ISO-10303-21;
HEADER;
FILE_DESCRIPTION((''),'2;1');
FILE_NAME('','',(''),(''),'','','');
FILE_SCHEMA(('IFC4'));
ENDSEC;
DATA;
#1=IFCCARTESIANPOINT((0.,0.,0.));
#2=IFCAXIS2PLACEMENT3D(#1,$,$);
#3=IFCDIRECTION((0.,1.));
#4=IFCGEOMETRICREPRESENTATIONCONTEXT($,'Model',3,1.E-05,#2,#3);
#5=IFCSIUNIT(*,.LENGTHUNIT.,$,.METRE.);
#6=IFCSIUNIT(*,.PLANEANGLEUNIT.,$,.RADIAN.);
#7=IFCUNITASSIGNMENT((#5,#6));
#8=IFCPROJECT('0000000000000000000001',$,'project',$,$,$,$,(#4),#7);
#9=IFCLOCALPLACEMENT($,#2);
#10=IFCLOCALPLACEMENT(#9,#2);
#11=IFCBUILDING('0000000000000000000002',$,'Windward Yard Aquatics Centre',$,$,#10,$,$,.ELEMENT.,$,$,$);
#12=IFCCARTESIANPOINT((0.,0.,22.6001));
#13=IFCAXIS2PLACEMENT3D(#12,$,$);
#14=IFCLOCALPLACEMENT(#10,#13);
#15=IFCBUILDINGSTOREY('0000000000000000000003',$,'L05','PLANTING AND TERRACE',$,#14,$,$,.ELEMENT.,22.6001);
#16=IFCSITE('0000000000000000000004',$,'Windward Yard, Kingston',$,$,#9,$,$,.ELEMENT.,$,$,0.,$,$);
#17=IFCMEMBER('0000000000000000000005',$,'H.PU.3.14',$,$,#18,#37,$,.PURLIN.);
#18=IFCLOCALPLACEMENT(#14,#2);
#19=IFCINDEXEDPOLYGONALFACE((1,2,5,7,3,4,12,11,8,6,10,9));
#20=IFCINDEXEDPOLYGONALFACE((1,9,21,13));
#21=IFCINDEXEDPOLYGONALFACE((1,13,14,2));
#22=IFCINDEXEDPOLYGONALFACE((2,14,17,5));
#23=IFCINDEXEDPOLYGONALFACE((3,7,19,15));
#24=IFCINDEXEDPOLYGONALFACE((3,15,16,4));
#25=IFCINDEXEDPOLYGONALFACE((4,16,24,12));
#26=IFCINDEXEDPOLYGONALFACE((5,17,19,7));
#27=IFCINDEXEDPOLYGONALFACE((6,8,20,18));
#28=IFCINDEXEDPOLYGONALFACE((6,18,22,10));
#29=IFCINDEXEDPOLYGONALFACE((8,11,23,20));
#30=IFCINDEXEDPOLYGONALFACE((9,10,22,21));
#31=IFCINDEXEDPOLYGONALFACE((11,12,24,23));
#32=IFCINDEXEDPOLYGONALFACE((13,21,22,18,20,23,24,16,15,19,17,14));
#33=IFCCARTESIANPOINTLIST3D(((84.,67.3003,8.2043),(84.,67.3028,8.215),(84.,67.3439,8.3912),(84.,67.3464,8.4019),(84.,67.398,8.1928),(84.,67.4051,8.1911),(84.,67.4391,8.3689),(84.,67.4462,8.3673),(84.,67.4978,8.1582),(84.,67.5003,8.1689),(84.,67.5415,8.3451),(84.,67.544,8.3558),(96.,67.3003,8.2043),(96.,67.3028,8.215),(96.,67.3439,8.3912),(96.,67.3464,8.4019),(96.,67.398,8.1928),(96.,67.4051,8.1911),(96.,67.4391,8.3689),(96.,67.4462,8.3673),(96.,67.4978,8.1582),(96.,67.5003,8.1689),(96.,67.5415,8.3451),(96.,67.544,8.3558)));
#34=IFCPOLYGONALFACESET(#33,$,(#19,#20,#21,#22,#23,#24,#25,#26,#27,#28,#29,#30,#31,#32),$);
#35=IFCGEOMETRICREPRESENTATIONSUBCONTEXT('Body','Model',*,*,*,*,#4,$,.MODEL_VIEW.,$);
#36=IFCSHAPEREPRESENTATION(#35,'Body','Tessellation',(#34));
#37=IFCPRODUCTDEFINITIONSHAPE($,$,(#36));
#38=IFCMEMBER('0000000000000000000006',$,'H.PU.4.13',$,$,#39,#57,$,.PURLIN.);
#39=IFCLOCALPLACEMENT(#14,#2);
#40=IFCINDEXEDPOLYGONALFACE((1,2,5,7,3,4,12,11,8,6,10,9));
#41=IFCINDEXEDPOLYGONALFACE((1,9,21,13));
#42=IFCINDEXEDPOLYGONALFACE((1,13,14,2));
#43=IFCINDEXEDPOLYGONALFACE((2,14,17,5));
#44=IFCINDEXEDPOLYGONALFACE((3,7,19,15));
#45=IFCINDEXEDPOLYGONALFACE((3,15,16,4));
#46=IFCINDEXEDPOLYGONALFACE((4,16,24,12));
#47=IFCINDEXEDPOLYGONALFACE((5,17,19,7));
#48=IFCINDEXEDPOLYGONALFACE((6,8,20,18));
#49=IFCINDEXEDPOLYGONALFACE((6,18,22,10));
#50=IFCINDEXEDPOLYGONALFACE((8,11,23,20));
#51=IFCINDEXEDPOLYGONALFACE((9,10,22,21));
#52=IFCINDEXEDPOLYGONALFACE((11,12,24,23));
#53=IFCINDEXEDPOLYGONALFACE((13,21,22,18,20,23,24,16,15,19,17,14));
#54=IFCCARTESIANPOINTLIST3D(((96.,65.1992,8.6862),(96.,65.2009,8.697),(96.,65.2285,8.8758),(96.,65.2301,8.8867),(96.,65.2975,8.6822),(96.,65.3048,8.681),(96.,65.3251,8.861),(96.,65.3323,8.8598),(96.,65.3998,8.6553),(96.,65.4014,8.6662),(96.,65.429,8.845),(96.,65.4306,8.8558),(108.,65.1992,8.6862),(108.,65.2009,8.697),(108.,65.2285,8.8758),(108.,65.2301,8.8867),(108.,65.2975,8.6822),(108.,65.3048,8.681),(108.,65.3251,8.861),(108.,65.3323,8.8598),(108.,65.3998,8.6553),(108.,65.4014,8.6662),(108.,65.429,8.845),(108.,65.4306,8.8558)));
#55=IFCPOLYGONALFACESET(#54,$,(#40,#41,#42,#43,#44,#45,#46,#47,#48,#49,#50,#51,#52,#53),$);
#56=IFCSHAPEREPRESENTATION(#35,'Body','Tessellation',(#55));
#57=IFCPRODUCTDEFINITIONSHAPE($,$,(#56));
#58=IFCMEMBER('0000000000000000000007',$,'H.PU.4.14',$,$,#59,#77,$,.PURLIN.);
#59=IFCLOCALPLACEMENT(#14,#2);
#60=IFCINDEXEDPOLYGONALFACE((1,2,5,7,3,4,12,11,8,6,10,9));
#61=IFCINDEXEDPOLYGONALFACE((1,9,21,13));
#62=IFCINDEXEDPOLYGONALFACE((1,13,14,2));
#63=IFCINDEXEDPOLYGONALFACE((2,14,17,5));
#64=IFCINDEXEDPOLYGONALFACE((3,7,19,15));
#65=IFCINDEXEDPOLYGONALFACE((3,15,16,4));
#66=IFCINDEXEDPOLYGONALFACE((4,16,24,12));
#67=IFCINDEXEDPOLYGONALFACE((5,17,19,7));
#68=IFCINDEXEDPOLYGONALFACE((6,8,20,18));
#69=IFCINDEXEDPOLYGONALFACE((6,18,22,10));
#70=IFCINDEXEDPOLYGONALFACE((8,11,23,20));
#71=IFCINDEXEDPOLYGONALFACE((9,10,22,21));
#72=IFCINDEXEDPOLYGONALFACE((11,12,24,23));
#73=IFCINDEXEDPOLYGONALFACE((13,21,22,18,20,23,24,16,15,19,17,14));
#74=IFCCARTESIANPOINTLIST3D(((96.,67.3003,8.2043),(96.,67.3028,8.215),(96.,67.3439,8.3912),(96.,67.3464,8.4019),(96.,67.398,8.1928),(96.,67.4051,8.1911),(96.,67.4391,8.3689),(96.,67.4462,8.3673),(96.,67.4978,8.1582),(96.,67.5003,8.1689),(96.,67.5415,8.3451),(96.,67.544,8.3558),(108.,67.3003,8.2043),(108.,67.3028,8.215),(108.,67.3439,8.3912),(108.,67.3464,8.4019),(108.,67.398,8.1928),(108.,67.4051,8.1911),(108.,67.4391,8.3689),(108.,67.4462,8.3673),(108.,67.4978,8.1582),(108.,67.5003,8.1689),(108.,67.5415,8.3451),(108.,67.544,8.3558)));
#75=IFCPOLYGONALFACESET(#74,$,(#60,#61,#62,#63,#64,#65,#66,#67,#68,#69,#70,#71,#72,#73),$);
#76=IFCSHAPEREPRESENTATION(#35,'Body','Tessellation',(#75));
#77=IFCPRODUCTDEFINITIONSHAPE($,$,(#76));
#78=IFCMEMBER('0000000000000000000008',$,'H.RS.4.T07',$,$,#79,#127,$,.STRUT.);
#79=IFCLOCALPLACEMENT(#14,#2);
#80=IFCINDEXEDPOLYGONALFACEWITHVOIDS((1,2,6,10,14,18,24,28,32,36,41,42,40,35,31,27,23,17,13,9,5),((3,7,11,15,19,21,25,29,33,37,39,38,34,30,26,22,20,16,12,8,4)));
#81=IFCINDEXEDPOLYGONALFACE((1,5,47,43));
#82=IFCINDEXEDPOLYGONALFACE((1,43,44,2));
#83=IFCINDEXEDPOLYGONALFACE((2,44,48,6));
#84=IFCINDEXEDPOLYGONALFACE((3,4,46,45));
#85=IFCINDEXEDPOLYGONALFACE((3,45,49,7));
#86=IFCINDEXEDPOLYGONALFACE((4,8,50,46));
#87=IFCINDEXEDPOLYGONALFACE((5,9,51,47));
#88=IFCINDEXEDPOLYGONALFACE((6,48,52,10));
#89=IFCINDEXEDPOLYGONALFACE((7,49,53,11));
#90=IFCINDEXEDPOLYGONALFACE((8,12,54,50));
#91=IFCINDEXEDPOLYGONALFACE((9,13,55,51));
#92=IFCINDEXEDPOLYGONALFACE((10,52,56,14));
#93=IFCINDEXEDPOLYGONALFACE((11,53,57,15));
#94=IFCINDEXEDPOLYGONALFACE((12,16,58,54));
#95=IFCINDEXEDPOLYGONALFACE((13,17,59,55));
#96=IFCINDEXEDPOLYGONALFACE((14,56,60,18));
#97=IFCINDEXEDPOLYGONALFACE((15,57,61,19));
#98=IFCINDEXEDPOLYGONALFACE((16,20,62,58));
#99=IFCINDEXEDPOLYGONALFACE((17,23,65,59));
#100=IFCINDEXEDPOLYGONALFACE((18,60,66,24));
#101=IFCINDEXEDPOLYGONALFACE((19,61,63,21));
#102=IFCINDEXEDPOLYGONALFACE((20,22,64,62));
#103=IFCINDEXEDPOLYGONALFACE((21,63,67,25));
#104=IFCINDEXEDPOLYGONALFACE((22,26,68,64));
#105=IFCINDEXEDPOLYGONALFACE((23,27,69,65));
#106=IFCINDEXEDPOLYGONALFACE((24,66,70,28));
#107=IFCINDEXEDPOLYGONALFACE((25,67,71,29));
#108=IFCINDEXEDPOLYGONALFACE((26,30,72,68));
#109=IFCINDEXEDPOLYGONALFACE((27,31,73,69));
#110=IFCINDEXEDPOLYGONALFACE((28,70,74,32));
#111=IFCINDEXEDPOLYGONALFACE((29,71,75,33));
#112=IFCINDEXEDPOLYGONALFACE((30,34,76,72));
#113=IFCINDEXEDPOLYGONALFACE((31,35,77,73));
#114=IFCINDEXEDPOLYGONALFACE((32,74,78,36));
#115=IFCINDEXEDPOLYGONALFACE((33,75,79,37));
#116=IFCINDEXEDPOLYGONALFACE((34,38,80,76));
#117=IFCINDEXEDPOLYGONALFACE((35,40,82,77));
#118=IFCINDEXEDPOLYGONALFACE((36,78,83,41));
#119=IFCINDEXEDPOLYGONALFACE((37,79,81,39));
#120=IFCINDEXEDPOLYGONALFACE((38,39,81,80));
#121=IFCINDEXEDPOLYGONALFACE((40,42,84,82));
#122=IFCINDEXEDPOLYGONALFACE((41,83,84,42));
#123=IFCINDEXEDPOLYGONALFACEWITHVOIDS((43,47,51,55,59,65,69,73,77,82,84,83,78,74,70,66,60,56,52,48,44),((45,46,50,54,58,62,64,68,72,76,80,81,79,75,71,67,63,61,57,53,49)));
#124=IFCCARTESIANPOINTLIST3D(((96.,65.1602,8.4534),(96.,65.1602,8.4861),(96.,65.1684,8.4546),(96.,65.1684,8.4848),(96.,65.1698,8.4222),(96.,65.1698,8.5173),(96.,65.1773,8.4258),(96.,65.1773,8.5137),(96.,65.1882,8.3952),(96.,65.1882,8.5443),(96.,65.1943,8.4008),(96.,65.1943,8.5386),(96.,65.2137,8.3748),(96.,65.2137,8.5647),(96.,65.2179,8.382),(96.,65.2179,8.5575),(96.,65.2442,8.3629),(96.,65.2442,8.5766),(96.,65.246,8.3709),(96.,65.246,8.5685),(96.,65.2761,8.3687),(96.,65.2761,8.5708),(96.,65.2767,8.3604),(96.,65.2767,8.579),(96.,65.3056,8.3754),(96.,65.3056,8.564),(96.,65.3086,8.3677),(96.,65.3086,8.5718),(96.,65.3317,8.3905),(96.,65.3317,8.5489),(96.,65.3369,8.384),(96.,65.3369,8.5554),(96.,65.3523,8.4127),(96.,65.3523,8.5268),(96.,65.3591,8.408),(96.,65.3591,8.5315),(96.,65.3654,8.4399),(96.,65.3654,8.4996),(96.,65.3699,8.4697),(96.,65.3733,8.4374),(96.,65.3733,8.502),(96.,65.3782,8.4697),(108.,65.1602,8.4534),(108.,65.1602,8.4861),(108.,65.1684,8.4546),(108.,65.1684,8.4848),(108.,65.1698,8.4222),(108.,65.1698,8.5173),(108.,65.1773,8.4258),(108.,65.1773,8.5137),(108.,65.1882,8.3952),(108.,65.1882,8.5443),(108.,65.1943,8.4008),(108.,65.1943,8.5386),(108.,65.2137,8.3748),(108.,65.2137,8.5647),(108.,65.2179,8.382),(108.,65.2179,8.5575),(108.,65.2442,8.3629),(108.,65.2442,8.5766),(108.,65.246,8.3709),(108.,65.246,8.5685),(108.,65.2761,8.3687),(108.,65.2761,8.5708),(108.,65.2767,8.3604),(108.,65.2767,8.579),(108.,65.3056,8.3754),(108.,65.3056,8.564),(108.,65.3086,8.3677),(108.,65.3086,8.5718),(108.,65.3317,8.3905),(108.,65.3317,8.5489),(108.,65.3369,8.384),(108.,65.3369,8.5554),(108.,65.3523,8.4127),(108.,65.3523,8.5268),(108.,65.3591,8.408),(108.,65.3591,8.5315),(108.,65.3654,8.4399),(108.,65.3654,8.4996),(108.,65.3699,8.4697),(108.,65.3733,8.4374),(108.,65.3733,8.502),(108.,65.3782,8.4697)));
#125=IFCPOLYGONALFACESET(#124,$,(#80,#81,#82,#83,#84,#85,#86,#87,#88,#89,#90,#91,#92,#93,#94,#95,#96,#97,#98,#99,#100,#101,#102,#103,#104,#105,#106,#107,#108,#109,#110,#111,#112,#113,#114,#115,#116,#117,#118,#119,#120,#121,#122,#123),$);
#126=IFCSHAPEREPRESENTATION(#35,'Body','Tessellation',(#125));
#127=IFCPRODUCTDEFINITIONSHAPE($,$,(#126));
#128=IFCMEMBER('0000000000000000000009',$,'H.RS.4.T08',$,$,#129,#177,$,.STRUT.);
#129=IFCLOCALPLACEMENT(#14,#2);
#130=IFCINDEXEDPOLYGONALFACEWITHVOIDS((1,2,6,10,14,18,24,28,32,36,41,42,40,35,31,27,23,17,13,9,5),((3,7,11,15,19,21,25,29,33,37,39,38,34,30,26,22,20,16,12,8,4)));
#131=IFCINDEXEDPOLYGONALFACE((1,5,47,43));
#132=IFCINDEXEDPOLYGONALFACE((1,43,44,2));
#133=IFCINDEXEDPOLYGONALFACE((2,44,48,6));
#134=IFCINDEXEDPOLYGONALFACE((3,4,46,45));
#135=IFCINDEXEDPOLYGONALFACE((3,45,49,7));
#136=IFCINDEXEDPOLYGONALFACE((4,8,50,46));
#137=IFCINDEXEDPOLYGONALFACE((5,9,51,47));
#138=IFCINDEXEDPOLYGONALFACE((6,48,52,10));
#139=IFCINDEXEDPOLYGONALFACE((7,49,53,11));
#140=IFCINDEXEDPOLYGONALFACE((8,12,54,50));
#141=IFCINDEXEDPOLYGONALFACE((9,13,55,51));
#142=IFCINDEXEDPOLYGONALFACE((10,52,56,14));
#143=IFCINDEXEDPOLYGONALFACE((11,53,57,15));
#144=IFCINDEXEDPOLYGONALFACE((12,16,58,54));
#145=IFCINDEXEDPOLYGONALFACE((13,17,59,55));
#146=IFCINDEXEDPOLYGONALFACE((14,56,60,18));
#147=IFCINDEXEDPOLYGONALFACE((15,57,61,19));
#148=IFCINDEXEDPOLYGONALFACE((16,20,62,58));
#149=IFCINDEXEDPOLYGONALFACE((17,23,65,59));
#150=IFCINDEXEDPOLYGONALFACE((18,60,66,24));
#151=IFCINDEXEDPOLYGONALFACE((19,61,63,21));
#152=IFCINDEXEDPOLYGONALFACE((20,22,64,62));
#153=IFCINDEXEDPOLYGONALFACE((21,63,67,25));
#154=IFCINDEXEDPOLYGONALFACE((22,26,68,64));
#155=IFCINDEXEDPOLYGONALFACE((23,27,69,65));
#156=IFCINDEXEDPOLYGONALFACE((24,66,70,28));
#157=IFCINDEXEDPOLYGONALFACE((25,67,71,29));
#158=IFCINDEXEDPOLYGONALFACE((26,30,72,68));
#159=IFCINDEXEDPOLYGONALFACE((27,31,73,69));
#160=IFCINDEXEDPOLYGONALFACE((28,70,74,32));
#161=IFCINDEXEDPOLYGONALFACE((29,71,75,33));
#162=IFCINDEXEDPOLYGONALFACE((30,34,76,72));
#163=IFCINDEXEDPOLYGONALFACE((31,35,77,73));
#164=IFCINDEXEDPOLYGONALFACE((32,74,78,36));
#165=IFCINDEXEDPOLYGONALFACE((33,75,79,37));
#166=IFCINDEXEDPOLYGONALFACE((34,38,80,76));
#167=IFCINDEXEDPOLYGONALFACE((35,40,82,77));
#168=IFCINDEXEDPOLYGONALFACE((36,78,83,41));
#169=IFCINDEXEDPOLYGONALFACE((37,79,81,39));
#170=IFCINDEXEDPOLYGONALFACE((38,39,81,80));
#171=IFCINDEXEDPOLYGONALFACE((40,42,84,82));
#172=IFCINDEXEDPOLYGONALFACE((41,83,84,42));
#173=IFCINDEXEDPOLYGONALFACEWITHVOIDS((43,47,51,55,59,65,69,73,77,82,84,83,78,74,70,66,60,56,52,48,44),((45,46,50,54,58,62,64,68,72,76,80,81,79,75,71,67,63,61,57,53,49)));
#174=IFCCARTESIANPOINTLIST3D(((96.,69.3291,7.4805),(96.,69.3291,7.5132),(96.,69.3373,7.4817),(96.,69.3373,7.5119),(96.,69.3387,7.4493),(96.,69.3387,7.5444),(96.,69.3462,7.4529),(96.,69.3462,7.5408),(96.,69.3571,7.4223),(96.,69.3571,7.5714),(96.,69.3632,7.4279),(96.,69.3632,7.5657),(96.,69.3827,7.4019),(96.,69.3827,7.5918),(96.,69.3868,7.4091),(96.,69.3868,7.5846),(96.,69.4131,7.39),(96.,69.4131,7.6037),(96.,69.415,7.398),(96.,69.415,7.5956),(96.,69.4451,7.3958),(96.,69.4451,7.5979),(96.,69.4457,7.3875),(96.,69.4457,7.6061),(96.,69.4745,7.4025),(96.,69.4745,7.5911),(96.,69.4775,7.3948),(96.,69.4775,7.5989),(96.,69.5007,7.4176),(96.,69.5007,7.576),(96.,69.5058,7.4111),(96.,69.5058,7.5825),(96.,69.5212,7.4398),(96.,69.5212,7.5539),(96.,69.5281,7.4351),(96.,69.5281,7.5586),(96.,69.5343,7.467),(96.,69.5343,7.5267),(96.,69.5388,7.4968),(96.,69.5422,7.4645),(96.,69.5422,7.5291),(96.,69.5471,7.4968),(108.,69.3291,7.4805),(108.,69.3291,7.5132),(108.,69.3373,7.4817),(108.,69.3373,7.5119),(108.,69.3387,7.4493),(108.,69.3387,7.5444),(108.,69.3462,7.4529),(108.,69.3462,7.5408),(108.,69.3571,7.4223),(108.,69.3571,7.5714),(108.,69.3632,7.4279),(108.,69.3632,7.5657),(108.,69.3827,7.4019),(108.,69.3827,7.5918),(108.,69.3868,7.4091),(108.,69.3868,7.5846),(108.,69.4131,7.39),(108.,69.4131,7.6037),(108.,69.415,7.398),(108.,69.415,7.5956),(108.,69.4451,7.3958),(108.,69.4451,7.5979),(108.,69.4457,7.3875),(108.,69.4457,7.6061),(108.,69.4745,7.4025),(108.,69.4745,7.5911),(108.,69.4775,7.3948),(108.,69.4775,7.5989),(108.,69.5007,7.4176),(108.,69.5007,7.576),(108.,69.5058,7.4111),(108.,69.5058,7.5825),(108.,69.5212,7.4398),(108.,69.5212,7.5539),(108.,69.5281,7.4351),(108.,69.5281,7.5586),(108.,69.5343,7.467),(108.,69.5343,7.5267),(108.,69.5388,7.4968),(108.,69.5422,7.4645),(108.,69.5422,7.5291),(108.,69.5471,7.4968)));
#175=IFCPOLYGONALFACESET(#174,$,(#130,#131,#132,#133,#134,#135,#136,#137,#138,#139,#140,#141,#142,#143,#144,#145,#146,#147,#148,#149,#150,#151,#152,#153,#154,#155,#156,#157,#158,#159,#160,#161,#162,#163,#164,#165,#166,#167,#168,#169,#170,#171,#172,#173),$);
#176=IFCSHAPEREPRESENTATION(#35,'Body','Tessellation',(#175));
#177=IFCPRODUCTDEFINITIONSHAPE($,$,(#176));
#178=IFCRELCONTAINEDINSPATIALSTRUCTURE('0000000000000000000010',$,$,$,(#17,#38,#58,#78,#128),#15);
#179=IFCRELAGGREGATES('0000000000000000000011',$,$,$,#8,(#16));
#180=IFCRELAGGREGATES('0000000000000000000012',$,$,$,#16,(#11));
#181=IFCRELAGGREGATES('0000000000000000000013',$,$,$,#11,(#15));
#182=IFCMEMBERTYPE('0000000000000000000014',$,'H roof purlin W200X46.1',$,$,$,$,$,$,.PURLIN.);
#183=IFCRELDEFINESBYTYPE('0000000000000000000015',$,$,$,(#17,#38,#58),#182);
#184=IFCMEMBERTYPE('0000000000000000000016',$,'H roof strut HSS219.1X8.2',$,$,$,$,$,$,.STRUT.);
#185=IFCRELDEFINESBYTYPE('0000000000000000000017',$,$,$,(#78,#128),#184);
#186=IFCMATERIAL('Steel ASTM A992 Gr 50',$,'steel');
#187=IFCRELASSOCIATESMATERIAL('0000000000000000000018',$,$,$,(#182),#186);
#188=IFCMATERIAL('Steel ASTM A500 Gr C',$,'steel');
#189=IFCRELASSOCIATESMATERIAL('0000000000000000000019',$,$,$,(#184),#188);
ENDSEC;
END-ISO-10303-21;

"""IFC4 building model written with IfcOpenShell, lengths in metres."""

from ifc_helpers import new_model, si_unit, direction, frame, origin, origin_2d, place, context, subcontext, project, spatial, hollow_circle, i_section, extrude, material, material_profile, profile_set, type_object, element, save


model = new_model("IFC4")

# Units and contexts
model_context = context("Model", 3, precision=1e-05, world=origin(), true_north=direction((0.0, 1.0)))
body_context = subcontext(model_context, "Body", "Model", "MODEL_VIEW")
ifc_project = project(units=[si_unit("LENGTHUNIT", "METRE"), si_unit("PLANEANGLEUNIT", "RADIAN")], contexts=[model_context])

# Site, building, storey
site_placement = place(None, origin())
site = spatial("IfcSite", under=ifc_project, at=site_placement, Name="Windward Yard, Kingston", CompositionType="ELEMENT", RefElevation=0.0)
building_placement = place(site_placement, origin())
building = spatial("IfcBuilding", under=site, at=building_placement, Name="Windward Yard Aquatics Centre", CompositionType="ELEMENT")
storey_placement = place(building_placement, frame((0.0, 0.0, 22.6001)))
storey = spatial("IfcBuildingStorey", under=building, at=storey_placement, Name="L05", Description="PLANTING AND TERRACE", CompositionType="ELEMENT", Elevation=22.6001)

# Members
ifc_material_1 = material(Name="Steel ASTM A500 Gr C", Category="steel")
ifc_material_2 = material(Name="Steel ASTM A992 Gr 50", Category="steel")
ifc_material_profile_1 = material_profile(ifc_material_2, i_section(OverallWidth=0.2029, OverallDepth=0.2029, WebThickness=0.0073, FlangeThickness=0.011, at=origin_2d()), Name="W200X46.1")
ifc_profile_set_1 = profile_set([ifc_material_profile_1], Name="Steel ASTM A992 Gr 50")
member_type_1 = type_object("IfcMemberType", Name="H roof purlin W200X46.1", PredefinedType="PURLIN", material=ifc_profile_set_1)
for number, where, z_axis, x_axis, name in (
    (1, (84.0, 67.4221, 8.28), (1.0, 0.0, 0.0), (0.0, 0.973829, -0.227281), "H.PU.3.14"),
    (2, (96.0, 65.3149, 8.771), (1.0, 0.0, 0.0), (0.0, 0.98834, -0.152262), "H.PU.4.13"),
    (3, (96.0, 67.4221, 8.28), (1.0, 0.0, 0.0), (0.0, 0.973829, -0.227281), "H.PU.4.14"),
):
    element("IfcMember", number, at=place(storey_placement, frame(where, z_axis=z_axis, x_axis=x_axis)), inside=storey, type_object=member_type_1, Name=name, PredefinedType="PURLIN", context=body_context, shape_type="SweptSolid", body=[
        extrude(i_section(OverallWidth=0.2029, OverallDepth=0.2029, WebThickness=0.0073, FlangeThickness=0.011, at=origin_2d()), origin(), (0.0, 0.0, 1.0), 12.0),
    ])
ifc_material_profile_2 = material_profile(ifc_material_1, hollow_circle(Radius=0.1096, WallThickness=0.0083, at=origin_2d()), Name="HSS219.1X8.2")
ifc_profile_set_2 = profile_set([ifc_material_profile_2], Name="Steel ASTM A500 Gr C")
member_type_2 = type_object("IfcMemberType", Name="H roof strut HSS219.1X8.2", PredefinedType="STRUT", material=ifc_profile_set_2)
for number, where, z_axis, x_axis, name in (
    (4, (96.0, 65.2686, 8.4697), (1.0, 0.0, 0.0), (0.0, 1.0, 0.0), "H.RS.4.T07"),
    (5, (96.0, 69.4375, 7.4968), (1.0, 0.0, 0.0), (0.0, 1.0, 0.0), "H.RS.4.T08"),
):
    element("IfcMember", number, at=place(storey_placement, frame(where, z_axis=z_axis, x_axis=x_axis)), inside=storey, type_object=member_type_2, Name=name, PredefinedType="STRUT", context=body_context, shape_type="SweptSolid", body=[
        extrude(hollow_circle(Radius=0.1096, WallThickness=0.0083, at=origin_2d()), origin(), (0.0, 0.0, 1.0), 12.0),
    ])

save(model, "model.ifc")
